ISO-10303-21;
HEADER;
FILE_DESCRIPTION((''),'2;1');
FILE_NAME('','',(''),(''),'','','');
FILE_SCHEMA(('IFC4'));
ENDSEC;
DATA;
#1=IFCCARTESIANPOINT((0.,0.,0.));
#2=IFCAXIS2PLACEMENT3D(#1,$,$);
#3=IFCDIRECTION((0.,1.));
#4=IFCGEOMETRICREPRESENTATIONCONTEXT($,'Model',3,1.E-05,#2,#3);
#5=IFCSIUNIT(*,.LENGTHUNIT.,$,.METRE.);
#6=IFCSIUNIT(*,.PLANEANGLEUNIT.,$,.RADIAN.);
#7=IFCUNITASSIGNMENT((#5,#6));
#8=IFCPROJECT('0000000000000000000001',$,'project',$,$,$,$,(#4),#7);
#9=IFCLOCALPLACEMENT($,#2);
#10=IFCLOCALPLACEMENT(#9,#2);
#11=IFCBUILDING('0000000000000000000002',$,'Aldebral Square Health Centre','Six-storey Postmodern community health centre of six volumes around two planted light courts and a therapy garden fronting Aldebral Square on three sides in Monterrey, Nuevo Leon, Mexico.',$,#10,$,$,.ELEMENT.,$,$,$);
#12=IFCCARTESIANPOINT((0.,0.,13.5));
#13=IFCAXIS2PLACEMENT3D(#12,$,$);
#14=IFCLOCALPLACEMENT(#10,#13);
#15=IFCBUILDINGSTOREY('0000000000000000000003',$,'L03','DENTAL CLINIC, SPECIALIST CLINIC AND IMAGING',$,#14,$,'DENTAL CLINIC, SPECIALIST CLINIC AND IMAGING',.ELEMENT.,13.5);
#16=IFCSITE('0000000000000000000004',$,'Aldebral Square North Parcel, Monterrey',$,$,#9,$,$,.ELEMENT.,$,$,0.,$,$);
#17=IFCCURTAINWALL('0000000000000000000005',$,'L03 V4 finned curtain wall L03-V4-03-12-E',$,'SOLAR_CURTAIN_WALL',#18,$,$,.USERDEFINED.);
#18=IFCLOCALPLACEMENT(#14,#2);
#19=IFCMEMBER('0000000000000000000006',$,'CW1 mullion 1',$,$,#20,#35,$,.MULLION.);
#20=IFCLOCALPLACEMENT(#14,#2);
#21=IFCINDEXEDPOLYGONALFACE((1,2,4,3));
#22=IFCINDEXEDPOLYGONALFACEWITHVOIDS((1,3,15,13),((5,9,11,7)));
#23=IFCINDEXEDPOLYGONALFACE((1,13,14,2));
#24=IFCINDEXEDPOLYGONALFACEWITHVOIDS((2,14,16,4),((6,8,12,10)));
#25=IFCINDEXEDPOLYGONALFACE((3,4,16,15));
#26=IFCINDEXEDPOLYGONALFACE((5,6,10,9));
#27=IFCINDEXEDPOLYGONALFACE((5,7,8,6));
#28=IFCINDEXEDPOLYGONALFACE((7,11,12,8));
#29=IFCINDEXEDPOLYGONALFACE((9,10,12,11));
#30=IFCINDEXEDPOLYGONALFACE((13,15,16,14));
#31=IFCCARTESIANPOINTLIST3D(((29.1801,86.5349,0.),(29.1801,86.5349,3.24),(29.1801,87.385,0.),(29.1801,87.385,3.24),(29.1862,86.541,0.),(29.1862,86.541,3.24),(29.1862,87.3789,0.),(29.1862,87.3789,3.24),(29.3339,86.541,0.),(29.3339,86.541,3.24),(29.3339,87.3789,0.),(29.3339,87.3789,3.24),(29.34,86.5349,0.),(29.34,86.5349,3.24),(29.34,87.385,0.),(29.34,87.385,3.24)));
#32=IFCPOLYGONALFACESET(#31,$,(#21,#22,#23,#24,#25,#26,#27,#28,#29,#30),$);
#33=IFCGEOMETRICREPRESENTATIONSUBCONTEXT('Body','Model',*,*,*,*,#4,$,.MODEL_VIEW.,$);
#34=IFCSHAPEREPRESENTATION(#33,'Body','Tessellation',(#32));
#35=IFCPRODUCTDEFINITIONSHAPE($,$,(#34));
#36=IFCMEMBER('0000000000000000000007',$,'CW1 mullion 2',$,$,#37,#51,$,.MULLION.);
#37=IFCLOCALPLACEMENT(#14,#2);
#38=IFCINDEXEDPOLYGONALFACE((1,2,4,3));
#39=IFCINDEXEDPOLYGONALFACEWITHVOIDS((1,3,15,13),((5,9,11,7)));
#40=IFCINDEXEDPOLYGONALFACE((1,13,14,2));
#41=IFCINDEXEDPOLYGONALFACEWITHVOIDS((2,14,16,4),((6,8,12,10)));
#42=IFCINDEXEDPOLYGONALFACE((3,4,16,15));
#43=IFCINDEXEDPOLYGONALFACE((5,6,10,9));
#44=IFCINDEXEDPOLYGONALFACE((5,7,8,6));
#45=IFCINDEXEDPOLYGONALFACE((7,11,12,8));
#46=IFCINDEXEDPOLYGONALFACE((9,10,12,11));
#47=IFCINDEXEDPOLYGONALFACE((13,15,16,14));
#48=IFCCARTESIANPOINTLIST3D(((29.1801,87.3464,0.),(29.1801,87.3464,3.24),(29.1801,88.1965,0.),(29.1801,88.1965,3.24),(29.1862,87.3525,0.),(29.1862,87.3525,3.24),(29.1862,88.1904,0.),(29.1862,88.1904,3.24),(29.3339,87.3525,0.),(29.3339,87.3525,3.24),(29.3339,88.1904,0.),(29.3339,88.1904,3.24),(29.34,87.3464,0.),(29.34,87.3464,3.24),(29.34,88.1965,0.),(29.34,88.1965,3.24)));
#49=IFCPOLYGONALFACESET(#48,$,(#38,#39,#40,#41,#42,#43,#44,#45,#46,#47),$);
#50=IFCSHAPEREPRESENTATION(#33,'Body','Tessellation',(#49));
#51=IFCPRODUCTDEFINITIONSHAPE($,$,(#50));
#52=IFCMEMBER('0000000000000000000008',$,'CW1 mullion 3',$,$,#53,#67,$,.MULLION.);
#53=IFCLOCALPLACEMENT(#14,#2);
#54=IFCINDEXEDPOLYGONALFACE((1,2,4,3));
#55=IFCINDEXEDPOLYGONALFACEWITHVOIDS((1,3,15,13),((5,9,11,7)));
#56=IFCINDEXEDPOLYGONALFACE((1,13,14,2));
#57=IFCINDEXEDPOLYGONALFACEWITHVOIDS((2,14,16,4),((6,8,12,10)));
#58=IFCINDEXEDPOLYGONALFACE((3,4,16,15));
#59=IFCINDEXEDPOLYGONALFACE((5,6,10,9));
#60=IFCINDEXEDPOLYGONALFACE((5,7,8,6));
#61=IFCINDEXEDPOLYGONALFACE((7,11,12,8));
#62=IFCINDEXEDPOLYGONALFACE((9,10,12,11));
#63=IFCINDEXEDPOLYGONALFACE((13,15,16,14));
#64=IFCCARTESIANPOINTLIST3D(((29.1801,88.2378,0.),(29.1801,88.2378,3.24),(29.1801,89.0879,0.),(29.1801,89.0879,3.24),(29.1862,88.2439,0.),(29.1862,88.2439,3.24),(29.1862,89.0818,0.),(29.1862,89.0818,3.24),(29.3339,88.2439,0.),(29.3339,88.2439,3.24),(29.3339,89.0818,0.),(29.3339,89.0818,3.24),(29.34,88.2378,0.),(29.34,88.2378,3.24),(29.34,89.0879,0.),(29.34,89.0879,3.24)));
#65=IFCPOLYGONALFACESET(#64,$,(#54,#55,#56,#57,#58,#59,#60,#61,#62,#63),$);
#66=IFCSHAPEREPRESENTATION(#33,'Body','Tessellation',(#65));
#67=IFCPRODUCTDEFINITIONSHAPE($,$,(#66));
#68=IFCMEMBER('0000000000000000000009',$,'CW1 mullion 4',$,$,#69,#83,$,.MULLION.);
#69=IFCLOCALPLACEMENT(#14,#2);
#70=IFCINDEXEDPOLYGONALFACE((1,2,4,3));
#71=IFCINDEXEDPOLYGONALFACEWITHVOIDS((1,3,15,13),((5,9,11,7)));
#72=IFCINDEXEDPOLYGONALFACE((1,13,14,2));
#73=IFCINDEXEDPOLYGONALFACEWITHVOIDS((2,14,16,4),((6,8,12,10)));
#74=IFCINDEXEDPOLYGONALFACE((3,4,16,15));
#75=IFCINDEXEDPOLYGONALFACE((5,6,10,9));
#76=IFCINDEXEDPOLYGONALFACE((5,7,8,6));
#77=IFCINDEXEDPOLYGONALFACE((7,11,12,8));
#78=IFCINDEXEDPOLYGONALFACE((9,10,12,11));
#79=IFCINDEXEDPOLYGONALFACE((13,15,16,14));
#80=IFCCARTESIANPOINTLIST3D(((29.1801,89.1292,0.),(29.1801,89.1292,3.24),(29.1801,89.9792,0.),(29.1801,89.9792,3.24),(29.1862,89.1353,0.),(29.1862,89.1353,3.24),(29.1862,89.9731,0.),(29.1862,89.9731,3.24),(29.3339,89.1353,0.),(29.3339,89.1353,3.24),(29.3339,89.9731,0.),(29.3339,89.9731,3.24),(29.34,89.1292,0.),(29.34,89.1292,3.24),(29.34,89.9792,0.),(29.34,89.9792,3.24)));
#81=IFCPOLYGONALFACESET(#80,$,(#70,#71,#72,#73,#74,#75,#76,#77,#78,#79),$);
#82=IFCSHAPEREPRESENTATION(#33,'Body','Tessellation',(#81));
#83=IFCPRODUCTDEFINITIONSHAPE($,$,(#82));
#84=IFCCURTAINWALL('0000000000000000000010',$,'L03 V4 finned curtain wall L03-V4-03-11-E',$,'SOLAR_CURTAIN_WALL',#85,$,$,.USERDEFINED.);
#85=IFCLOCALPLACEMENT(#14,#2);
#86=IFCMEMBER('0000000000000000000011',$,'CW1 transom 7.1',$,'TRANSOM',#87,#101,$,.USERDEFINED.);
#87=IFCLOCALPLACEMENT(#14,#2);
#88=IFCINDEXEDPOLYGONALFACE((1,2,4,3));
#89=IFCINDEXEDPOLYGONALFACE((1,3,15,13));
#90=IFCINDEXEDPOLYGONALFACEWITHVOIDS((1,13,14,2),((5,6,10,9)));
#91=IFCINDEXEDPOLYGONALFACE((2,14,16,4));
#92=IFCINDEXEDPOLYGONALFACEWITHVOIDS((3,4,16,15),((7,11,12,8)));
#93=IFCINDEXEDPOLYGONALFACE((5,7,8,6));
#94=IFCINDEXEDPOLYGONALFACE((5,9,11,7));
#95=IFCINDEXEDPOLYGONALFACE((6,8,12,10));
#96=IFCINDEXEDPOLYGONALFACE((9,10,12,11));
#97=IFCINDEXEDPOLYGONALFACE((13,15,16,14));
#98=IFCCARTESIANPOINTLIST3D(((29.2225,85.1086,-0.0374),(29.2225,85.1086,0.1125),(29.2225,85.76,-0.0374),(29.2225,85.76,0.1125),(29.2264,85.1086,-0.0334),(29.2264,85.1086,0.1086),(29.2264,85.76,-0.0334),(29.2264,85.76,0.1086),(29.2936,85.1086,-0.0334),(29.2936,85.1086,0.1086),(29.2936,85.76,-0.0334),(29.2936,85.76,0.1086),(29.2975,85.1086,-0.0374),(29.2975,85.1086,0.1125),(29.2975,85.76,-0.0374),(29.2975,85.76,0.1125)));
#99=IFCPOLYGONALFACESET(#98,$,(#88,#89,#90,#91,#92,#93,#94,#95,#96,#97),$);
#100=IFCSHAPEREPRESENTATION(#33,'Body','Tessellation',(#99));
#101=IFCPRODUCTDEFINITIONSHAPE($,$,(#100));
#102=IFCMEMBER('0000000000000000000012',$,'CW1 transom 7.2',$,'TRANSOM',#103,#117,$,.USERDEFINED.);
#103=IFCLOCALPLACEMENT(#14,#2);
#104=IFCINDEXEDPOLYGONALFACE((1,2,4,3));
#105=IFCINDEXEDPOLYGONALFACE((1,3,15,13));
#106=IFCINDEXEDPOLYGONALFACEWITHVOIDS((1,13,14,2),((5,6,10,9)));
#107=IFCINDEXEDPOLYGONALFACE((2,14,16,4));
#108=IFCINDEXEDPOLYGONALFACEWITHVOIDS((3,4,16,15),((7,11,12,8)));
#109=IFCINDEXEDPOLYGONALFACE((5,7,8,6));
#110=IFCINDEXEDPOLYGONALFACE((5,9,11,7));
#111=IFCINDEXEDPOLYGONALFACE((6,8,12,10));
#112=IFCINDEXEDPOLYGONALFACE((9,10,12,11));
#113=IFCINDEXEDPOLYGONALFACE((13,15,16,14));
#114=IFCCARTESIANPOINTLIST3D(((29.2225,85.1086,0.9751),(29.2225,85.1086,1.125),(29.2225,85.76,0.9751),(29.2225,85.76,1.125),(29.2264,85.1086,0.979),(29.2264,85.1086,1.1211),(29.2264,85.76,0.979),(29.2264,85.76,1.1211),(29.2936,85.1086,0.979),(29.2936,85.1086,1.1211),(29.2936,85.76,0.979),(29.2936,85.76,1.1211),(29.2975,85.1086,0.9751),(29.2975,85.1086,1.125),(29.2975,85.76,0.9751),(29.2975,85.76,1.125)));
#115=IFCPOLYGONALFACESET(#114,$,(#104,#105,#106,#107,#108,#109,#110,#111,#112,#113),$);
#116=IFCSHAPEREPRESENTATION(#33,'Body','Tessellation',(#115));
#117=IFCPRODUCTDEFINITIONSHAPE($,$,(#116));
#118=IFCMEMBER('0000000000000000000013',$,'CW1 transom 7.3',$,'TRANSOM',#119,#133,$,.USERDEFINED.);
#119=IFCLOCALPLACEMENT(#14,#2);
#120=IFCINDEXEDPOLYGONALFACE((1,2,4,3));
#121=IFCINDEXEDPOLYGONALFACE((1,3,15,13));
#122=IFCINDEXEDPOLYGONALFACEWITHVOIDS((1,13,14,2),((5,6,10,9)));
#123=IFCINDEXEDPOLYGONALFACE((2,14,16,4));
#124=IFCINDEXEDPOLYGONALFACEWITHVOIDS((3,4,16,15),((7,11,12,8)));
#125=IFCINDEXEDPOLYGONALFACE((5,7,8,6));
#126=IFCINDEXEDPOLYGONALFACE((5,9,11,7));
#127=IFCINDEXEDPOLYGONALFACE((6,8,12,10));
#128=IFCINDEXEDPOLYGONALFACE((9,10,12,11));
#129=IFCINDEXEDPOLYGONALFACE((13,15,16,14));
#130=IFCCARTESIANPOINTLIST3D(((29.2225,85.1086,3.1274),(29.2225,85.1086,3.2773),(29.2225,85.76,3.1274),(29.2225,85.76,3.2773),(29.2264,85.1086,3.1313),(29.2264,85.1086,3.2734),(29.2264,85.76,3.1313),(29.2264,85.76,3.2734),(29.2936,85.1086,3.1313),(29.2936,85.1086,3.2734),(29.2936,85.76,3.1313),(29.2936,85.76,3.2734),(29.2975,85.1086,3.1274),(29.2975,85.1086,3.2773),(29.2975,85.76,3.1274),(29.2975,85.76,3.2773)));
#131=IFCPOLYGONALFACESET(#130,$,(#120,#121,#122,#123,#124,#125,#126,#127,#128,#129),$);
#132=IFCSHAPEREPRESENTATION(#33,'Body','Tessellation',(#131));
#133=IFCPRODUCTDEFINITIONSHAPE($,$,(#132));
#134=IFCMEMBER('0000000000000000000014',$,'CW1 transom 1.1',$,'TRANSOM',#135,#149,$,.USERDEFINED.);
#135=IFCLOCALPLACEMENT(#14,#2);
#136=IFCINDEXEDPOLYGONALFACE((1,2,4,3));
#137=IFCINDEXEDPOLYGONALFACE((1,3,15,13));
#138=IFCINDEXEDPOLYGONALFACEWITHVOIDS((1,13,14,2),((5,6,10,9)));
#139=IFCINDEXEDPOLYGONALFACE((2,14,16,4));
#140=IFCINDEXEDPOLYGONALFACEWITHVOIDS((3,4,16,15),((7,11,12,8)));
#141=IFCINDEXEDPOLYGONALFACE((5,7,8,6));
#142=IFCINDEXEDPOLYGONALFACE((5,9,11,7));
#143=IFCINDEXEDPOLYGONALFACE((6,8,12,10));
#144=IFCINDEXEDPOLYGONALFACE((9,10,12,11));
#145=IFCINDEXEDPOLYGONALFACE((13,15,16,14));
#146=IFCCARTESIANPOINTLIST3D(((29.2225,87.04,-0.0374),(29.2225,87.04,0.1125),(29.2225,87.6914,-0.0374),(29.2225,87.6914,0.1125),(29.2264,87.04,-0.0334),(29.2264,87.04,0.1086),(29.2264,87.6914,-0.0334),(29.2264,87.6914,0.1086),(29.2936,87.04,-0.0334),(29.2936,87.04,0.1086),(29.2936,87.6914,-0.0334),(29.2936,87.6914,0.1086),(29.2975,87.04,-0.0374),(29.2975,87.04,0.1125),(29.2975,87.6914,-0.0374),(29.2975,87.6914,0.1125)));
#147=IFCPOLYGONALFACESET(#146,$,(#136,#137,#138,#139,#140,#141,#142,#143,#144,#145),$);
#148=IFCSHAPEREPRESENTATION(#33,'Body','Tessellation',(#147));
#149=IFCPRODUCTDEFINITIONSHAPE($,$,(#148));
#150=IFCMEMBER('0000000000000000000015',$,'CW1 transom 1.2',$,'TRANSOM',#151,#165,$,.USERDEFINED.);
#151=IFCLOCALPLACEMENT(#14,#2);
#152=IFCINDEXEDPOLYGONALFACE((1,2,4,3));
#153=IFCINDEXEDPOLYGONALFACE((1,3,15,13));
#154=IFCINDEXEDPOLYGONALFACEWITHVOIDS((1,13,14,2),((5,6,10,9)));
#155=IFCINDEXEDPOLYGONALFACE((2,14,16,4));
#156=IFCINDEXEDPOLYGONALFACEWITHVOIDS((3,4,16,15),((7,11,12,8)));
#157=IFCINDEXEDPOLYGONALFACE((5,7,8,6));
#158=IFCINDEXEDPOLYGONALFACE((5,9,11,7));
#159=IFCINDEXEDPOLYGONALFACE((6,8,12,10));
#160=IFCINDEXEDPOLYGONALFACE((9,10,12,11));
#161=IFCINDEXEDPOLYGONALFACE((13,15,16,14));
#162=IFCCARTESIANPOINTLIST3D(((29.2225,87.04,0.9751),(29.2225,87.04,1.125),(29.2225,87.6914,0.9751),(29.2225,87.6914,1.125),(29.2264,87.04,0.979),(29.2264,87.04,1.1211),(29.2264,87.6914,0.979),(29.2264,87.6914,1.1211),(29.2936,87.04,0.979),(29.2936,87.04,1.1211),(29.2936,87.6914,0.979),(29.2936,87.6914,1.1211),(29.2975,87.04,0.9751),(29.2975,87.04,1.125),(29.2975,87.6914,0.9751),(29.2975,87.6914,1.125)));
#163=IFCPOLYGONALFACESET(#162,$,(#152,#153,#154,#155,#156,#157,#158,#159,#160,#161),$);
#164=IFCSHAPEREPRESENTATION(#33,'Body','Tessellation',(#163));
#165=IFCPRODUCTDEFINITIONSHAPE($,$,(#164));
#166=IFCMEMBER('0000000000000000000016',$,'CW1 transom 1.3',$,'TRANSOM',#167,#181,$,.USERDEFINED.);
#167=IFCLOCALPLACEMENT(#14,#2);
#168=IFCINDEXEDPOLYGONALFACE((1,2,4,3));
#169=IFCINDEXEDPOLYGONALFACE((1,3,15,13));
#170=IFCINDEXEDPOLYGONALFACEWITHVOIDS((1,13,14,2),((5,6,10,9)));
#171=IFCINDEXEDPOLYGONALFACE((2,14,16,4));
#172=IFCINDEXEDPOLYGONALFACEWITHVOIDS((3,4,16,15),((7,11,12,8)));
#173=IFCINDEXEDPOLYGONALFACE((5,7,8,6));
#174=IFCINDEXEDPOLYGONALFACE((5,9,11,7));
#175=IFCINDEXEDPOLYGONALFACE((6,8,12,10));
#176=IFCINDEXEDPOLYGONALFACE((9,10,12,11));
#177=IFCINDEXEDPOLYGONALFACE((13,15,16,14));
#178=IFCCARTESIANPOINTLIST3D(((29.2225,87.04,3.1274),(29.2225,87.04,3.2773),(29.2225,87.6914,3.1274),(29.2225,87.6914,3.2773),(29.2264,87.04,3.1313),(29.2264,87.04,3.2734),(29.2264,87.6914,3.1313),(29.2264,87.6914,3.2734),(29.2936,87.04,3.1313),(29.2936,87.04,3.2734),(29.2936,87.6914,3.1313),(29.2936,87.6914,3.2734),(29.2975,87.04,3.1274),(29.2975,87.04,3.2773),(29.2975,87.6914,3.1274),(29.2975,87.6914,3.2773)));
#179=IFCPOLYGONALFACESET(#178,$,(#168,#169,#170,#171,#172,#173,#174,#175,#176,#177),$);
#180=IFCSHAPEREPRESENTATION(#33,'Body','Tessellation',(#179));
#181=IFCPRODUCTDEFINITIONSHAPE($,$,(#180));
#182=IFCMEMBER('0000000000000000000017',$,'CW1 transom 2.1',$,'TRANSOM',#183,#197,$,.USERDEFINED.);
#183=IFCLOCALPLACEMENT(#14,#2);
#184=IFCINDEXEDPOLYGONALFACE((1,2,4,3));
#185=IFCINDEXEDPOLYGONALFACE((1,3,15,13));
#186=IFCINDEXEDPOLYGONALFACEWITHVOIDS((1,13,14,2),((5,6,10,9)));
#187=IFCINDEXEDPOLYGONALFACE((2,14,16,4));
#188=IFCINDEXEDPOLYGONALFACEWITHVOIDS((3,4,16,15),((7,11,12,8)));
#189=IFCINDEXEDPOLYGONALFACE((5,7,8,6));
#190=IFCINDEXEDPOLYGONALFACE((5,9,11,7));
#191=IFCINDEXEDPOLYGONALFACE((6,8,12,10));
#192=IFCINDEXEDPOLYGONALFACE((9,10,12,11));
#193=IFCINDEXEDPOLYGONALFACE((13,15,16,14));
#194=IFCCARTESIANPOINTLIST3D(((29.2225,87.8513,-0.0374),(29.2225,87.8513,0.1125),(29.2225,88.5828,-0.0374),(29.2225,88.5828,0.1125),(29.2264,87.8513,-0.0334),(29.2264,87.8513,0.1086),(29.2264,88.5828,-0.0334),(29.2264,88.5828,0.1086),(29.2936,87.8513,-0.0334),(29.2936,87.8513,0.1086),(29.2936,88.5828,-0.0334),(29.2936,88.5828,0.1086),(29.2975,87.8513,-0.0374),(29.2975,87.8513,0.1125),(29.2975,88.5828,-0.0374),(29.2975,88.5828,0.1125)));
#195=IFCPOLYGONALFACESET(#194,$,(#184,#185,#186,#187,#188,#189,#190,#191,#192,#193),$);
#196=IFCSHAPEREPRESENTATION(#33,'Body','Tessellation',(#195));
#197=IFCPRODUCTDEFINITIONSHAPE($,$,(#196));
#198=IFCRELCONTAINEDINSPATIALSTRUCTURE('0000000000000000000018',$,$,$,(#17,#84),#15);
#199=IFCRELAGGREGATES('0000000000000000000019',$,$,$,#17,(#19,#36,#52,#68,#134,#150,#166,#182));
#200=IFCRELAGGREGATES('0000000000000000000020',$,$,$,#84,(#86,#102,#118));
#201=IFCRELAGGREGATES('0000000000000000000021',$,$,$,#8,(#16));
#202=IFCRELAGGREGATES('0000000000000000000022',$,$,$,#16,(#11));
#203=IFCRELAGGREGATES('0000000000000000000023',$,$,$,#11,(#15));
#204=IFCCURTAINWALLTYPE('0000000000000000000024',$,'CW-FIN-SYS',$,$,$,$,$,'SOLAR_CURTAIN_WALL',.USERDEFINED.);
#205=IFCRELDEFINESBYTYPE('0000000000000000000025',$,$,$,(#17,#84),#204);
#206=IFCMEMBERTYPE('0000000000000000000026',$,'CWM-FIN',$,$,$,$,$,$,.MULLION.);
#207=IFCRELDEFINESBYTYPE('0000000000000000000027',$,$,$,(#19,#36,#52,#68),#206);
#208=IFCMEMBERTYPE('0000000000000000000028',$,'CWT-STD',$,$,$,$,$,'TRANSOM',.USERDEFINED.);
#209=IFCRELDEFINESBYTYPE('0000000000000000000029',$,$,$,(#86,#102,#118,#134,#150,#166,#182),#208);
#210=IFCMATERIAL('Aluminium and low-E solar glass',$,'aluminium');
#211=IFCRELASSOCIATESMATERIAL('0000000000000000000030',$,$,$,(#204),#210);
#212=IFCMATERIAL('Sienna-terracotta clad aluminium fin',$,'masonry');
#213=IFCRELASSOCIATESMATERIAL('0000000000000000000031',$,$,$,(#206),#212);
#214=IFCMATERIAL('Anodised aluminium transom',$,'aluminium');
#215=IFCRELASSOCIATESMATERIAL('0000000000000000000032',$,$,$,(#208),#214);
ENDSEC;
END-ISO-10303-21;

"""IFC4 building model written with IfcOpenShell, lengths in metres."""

from ifc_helpers import new_model, si_unit, direction, frame, origin, origin_2d, place, context, subcontext, project, spatial, hollow_rectangle, extrude, material, material_profile, profile_set, type_object, element, aggregate, save


model = new_model("IFC4")

# Units and contexts
model_context = context("Model", 3, precision=1e-05, world=origin(), true_north=direction((0.0, 1.0)))
body_context = subcontext(model_context, "Body", "Model", "MODEL_VIEW")
ifc_project = project(units=[si_unit("LENGTHUNIT", "METRE"), si_unit("PLANEANGLEUNIT", "RADIAN")], contexts=[model_context])

# Site, building, storey
site_placement = place(None, origin())
site = spatial("IfcSite", under=ifc_project, at=site_placement, Name="Aldebral Square North Parcel, Monterrey", CompositionType="ELEMENT", RefElevation=0.0)
building_placement = place(site_placement, origin())
building = spatial("IfcBuilding", under=site, at=building_placement, Name="Aldebral Square Health Centre", Description="Six-storey Postmodern community health centre of six volumes around two planted light courts and a therapy garden fronting Aldebral Square on three sides in Monterrey, Nuevo Leon, Mexico.", CompositionType="ELEMENT")
storey_placement = place(building_placement, frame((0.0, 0.0, 13.5)))
storey = spatial("IfcBuildingStorey", under=building, at=storey_placement, Name="L03", Description="DENTAL CLINIC, SPECIALIST CLINIC AND IMAGING", LongName="DENTAL CLINIC, SPECIALIST CLINIC AND IMAGING", CompositionType="ELEMENT", Elevation=13.5)

# Curtain walls, members
ifc_material_1 = material(Name="Aluminium and low-E solar glass", Category="aluminium")
curtain_wall_type = type_object("IfcCurtainWallType", Name="CW-FIN-SYS", ElementType="SOLAR_CURTAIN_WALL", PredefinedType="USERDEFINED", material=ifc_material_1)
curtain_wall_1_placement = place(storey_placement, origin())
curtain_wall_1 = element("IfcCurtainWall", 1, at=curtain_wall_1_placement, inside=storey, type_object=curtain_wall_type, Name="L03 V4 finned curtain wall L03-V4-03-12-E", ObjectType="SOLAR_CURTAIN_WALL", PredefinedType="USERDEFINED")
ifc_material_2 = material(Name="Sienna-terracotta clad aluminium fin", Category="masonry")
ifc_material_profile_1 = material_profile(ifc_material_2, hollow_rectangle(XDim=0.1599, YDim=0.8501, WallThickness=0.0061, at=origin_2d()), Name="FIN 160x850x6")
ifc_profile_set_1 = profile_set([ifc_material_profile_1], Name="Sienna-terracotta clad aluminium fin")
member_type_1 = type_object("IfcMemberType", Name="CWM-FIN", PredefinedType="MULLION", material=ifc_profile_set_1)
member_1_placement = place(storey_placement, frame((29.26, 86.96, 0.0), z_axis=(0.0, 0.0, 1.0), x_axis=(-1.0, 0.0, 0.0)))
member_1 = element("IfcMember", 2, at=member_1_placement, type_object=member_type_1, Name="CW1 mullion 1", PredefinedType="MULLION", context=body_context, shape_type="SweptSolid", body=[
    extrude(hollow_rectangle(XDim=0.1599, YDim=0.8501, WallThickness=0.0061, at=origin_2d()), origin(), (0.0, 0.0, 1.0), 3.24),
])
member_2_placement = place(storey_placement, frame((29.26, 87.7715, 0.0), z_axis=(0.0, 0.0, 1.0), x_axis=(-1.0, 0.0, 0.0)))
member_2 = element("IfcMember", 3, at=member_2_placement, type_object=member_type_1, Name="CW1 mullion 2", PredefinedType="MULLION", context=body_context, shape_type="SweptSolid", body=[
    extrude(hollow_rectangle(XDim=0.1599, YDim=0.8501, WallThickness=0.0061, at=origin_2d()), origin(), (0.0, 0.0, 1.0), 3.24),
])
member_3_placement = place(storey_placement, frame((29.26, 88.6628, 0.0), z_axis=(0.0, 0.0, 1.0), x_axis=(-1.0, 0.0, 0.0)))
member_3 = element("IfcMember", 4, at=member_3_placement, type_object=member_type_1, Name="CW1 mullion 3", PredefinedType="MULLION", context=body_context, shape_type="SweptSolid", body=[
    extrude(hollow_rectangle(XDim=0.1599, YDim=0.8501, WallThickness=0.0061, at=origin_2d()), origin(), (0.0, 0.0, 1.0), 3.24),
])
member_4_placement = place(storey_placement, frame((29.26, 89.5542, 0.0), z_axis=(0.0, 0.0, 1.0), x_axis=(-1.0, 0.0, 0.0)))
member_4 = element("IfcMember", 5, at=member_4_placement, type_object=member_type_1, Name="CW1 mullion 4", PredefinedType="MULLION", context=body_context, shape_type="SweptSolid", body=[
    extrude(hollow_rectangle(XDim=0.1599, YDim=0.8501, WallThickness=0.0061, at=origin_2d()), origin(), (0.0, 0.0, 1.0), 3.24),
])
curtain_wall_2_placement = place(storey_placement, origin())
curtain_wall_2 = element("IfcCurtainWall", 6, at=curtain_wall_2_placement, inside=storey, type_object=curtain_wall_type, Name="L03 V4 finned curtain wall L03-V4-03-11-E", ObjectType="SOLAR_CURTAIN_WALL", PredefinedType="USERDEFINED")
ifc_material_3 = material(Name="Anodised aluminium transom", Category="aluminium")
ifc_material_profile_2 = material_profile(ifc_material_3, hollow_rectangle(XDim=0.075, YDim=0.1499, WallThickness=0.0039, at=origin_2d()), Name="CWT 75x150x4")
ifc_profile_set_2 = profile_set([ifc_material_profile_2], Name="Anodised aluminium transom")
member_type_2 = type_object("IfcMemberType", Name="CWT-STD", ElementType="TRANSOM", PredefinedType="USERDEFINED", material=ifc_profile_set_2)
member_5_placement = place(storey_placement, frame((29.26, 85.1086, 0.0376), z_axis=(0.0, 1.0, 0.0), x_axis=(-1.0, 0.0, 0.0)))
member_5 = element("IfcMember", 7, at=member_5_placement, type_object=member_type_2, Name="CW1 transom 7.1", ObjectType="TRANSOM", PredefinedType="USERDEFINED", context=body_context, shape_type="SweptSolid", body=[
    extrude(hollow_rectangle(XDim=0.075, YDim=0.1499, WallThickness=0.0039, at=origin_2d()), origin(), (0.0, 0.0, 1.0), 0.6514),
])
member_6_placement = place(storey_placement, frame((29.26, 85.1086, 1.05), z_axis=(0.0, 1.0, 0.0), x_axis=(-1.0, 0.0, 0.0)))
member_6 = element("IfcMember", 8, at=member_6_placement, type_object=member_type_2, Name="CW1 transom 7.2", ObjectType="TRANSOM", PredefinedType="USERDEFINED", context=body_context, shape_type="SweptSolid", body=[
    extrude(hollow_rectangle(XDim=0.075, YDim=0.1499, WallThickness=0.0039, at=origin_2d()), origin(), (0.0, 0.0, 1.0), 0.6514),
])
member_7_placement = place(storey_placement, frame((29.26, 85.1086, 3.2024), z_axis=(0.0, 1.0, 0.0), x_axis=(-1.0, 0.0, 0.0)))
member_7 = element("IfcMember", 9, at=member_7_placement, type_object=member_type_2, Name="CW1 transom 7.3", ObjectType="TRANSOM", PredefinedType="USERDEFINED", context=body_context, shape_type="SweptSolid", body=[
    extrude(hollow_rectangle(XDim=0.075, YDim=0.1499, WallThickness=0.0039, at=origin_2d()), origin(), (0.0, 0.0, 1.0), 0.6514),
])

# Members
member_8_placement = place(storey_placement, frame((29.26, 87.04, 0.0376), z_axis=(0.0, 1.0, 0.0), x_axis=(-1.0, 0.0, 0.0)))
member_8 = element("IfcMember", 10, at=member_8_placement, type_object=member_type_2, Name="CW1 transom 1.1", ObjectType="TRANSOM", PredefinedType="USERDEFINED", context=body_context, shape_type="SweptSolid", body=[
    extrude(hollow_rectangle(XDim=0.075, YDim=0.1499, WallThickness=0.0039, at=origin_2d()), origin(), (0.0, 0.0, 1.0), 0.6514),
])
member_9_placement = place(storey_placement, frame((29.26, 87.04, 1.05), z_axis=(0.0, 1.0, 0.0), x_axis=(-1.0, 0.0, 0.0)))
member_9 = element("IfcMember", 11, at=member_9_placement, type_object=member_type_2, Name="CW1 transom 1.2", ObjectType="TRANSOM", PredefinedType="USERDEFINED", context=body_context, shape_type="SweptSolid", body=[
    extrude(hollow_rectangle(XDim=0.075, YDim=0.1499, WallThickness=0.0039, at=origin_2d()), origin(), (0.0, 0.0, 1.0), 0.6514),
])
member_10_placement = place(storey_placement, frame((29.26, 87.04, 3.2024), z_axis=(0.0, 1.0, 0.0), x_axis=(-1.0, 0.0, 0.0)))
member_10 = element("IfcMember", 12, at=member_10_placement, type_object=member_type_2, Name="CW1 transom 1.3", ObjectType="TRANSOM", PredefinedType="USERDEFINED", context=body_context, shape_type="SweptSolid", body=[
    extrude(hollow_rectangle(XDim=0.075, YDim=0.1499, WallThickness=0.0039, at=origin_2d()), origin(), (0.0, 0.0, 1.0), 0.6514),
])
member_11_placement = place(storey_placement, frame((29.26, 87.8513, 0.0376), z_axis=(0.0, 1.0, 0.0), x_axis=(-1.0, 0.0, 0.0)))
member_11 = element("IfcMember", 13, at=member_11_placement, type_object=member_type_2, Name="CW1 transom 2.1", ObjectType="TRANSOM", PredefinedType="USERDEFINED", context=body_context, shape_type="SweptSolid", body=[
    extrude(hollow_rectangle(XDim=0.075, YDim=0.1499, WallThickness=0.0039, at=origin_2d()), origin(), (0.0, 0.0, 1.0), 0.7314),
])

aggregate(curtain_wall_1, [member_1, member_2, member_3, member_4, member_8, member_9, member_10, member_11])
aggregate(curtain_wall_2, [member_5, member_6, member_7])

save(model, "model.ifc")
